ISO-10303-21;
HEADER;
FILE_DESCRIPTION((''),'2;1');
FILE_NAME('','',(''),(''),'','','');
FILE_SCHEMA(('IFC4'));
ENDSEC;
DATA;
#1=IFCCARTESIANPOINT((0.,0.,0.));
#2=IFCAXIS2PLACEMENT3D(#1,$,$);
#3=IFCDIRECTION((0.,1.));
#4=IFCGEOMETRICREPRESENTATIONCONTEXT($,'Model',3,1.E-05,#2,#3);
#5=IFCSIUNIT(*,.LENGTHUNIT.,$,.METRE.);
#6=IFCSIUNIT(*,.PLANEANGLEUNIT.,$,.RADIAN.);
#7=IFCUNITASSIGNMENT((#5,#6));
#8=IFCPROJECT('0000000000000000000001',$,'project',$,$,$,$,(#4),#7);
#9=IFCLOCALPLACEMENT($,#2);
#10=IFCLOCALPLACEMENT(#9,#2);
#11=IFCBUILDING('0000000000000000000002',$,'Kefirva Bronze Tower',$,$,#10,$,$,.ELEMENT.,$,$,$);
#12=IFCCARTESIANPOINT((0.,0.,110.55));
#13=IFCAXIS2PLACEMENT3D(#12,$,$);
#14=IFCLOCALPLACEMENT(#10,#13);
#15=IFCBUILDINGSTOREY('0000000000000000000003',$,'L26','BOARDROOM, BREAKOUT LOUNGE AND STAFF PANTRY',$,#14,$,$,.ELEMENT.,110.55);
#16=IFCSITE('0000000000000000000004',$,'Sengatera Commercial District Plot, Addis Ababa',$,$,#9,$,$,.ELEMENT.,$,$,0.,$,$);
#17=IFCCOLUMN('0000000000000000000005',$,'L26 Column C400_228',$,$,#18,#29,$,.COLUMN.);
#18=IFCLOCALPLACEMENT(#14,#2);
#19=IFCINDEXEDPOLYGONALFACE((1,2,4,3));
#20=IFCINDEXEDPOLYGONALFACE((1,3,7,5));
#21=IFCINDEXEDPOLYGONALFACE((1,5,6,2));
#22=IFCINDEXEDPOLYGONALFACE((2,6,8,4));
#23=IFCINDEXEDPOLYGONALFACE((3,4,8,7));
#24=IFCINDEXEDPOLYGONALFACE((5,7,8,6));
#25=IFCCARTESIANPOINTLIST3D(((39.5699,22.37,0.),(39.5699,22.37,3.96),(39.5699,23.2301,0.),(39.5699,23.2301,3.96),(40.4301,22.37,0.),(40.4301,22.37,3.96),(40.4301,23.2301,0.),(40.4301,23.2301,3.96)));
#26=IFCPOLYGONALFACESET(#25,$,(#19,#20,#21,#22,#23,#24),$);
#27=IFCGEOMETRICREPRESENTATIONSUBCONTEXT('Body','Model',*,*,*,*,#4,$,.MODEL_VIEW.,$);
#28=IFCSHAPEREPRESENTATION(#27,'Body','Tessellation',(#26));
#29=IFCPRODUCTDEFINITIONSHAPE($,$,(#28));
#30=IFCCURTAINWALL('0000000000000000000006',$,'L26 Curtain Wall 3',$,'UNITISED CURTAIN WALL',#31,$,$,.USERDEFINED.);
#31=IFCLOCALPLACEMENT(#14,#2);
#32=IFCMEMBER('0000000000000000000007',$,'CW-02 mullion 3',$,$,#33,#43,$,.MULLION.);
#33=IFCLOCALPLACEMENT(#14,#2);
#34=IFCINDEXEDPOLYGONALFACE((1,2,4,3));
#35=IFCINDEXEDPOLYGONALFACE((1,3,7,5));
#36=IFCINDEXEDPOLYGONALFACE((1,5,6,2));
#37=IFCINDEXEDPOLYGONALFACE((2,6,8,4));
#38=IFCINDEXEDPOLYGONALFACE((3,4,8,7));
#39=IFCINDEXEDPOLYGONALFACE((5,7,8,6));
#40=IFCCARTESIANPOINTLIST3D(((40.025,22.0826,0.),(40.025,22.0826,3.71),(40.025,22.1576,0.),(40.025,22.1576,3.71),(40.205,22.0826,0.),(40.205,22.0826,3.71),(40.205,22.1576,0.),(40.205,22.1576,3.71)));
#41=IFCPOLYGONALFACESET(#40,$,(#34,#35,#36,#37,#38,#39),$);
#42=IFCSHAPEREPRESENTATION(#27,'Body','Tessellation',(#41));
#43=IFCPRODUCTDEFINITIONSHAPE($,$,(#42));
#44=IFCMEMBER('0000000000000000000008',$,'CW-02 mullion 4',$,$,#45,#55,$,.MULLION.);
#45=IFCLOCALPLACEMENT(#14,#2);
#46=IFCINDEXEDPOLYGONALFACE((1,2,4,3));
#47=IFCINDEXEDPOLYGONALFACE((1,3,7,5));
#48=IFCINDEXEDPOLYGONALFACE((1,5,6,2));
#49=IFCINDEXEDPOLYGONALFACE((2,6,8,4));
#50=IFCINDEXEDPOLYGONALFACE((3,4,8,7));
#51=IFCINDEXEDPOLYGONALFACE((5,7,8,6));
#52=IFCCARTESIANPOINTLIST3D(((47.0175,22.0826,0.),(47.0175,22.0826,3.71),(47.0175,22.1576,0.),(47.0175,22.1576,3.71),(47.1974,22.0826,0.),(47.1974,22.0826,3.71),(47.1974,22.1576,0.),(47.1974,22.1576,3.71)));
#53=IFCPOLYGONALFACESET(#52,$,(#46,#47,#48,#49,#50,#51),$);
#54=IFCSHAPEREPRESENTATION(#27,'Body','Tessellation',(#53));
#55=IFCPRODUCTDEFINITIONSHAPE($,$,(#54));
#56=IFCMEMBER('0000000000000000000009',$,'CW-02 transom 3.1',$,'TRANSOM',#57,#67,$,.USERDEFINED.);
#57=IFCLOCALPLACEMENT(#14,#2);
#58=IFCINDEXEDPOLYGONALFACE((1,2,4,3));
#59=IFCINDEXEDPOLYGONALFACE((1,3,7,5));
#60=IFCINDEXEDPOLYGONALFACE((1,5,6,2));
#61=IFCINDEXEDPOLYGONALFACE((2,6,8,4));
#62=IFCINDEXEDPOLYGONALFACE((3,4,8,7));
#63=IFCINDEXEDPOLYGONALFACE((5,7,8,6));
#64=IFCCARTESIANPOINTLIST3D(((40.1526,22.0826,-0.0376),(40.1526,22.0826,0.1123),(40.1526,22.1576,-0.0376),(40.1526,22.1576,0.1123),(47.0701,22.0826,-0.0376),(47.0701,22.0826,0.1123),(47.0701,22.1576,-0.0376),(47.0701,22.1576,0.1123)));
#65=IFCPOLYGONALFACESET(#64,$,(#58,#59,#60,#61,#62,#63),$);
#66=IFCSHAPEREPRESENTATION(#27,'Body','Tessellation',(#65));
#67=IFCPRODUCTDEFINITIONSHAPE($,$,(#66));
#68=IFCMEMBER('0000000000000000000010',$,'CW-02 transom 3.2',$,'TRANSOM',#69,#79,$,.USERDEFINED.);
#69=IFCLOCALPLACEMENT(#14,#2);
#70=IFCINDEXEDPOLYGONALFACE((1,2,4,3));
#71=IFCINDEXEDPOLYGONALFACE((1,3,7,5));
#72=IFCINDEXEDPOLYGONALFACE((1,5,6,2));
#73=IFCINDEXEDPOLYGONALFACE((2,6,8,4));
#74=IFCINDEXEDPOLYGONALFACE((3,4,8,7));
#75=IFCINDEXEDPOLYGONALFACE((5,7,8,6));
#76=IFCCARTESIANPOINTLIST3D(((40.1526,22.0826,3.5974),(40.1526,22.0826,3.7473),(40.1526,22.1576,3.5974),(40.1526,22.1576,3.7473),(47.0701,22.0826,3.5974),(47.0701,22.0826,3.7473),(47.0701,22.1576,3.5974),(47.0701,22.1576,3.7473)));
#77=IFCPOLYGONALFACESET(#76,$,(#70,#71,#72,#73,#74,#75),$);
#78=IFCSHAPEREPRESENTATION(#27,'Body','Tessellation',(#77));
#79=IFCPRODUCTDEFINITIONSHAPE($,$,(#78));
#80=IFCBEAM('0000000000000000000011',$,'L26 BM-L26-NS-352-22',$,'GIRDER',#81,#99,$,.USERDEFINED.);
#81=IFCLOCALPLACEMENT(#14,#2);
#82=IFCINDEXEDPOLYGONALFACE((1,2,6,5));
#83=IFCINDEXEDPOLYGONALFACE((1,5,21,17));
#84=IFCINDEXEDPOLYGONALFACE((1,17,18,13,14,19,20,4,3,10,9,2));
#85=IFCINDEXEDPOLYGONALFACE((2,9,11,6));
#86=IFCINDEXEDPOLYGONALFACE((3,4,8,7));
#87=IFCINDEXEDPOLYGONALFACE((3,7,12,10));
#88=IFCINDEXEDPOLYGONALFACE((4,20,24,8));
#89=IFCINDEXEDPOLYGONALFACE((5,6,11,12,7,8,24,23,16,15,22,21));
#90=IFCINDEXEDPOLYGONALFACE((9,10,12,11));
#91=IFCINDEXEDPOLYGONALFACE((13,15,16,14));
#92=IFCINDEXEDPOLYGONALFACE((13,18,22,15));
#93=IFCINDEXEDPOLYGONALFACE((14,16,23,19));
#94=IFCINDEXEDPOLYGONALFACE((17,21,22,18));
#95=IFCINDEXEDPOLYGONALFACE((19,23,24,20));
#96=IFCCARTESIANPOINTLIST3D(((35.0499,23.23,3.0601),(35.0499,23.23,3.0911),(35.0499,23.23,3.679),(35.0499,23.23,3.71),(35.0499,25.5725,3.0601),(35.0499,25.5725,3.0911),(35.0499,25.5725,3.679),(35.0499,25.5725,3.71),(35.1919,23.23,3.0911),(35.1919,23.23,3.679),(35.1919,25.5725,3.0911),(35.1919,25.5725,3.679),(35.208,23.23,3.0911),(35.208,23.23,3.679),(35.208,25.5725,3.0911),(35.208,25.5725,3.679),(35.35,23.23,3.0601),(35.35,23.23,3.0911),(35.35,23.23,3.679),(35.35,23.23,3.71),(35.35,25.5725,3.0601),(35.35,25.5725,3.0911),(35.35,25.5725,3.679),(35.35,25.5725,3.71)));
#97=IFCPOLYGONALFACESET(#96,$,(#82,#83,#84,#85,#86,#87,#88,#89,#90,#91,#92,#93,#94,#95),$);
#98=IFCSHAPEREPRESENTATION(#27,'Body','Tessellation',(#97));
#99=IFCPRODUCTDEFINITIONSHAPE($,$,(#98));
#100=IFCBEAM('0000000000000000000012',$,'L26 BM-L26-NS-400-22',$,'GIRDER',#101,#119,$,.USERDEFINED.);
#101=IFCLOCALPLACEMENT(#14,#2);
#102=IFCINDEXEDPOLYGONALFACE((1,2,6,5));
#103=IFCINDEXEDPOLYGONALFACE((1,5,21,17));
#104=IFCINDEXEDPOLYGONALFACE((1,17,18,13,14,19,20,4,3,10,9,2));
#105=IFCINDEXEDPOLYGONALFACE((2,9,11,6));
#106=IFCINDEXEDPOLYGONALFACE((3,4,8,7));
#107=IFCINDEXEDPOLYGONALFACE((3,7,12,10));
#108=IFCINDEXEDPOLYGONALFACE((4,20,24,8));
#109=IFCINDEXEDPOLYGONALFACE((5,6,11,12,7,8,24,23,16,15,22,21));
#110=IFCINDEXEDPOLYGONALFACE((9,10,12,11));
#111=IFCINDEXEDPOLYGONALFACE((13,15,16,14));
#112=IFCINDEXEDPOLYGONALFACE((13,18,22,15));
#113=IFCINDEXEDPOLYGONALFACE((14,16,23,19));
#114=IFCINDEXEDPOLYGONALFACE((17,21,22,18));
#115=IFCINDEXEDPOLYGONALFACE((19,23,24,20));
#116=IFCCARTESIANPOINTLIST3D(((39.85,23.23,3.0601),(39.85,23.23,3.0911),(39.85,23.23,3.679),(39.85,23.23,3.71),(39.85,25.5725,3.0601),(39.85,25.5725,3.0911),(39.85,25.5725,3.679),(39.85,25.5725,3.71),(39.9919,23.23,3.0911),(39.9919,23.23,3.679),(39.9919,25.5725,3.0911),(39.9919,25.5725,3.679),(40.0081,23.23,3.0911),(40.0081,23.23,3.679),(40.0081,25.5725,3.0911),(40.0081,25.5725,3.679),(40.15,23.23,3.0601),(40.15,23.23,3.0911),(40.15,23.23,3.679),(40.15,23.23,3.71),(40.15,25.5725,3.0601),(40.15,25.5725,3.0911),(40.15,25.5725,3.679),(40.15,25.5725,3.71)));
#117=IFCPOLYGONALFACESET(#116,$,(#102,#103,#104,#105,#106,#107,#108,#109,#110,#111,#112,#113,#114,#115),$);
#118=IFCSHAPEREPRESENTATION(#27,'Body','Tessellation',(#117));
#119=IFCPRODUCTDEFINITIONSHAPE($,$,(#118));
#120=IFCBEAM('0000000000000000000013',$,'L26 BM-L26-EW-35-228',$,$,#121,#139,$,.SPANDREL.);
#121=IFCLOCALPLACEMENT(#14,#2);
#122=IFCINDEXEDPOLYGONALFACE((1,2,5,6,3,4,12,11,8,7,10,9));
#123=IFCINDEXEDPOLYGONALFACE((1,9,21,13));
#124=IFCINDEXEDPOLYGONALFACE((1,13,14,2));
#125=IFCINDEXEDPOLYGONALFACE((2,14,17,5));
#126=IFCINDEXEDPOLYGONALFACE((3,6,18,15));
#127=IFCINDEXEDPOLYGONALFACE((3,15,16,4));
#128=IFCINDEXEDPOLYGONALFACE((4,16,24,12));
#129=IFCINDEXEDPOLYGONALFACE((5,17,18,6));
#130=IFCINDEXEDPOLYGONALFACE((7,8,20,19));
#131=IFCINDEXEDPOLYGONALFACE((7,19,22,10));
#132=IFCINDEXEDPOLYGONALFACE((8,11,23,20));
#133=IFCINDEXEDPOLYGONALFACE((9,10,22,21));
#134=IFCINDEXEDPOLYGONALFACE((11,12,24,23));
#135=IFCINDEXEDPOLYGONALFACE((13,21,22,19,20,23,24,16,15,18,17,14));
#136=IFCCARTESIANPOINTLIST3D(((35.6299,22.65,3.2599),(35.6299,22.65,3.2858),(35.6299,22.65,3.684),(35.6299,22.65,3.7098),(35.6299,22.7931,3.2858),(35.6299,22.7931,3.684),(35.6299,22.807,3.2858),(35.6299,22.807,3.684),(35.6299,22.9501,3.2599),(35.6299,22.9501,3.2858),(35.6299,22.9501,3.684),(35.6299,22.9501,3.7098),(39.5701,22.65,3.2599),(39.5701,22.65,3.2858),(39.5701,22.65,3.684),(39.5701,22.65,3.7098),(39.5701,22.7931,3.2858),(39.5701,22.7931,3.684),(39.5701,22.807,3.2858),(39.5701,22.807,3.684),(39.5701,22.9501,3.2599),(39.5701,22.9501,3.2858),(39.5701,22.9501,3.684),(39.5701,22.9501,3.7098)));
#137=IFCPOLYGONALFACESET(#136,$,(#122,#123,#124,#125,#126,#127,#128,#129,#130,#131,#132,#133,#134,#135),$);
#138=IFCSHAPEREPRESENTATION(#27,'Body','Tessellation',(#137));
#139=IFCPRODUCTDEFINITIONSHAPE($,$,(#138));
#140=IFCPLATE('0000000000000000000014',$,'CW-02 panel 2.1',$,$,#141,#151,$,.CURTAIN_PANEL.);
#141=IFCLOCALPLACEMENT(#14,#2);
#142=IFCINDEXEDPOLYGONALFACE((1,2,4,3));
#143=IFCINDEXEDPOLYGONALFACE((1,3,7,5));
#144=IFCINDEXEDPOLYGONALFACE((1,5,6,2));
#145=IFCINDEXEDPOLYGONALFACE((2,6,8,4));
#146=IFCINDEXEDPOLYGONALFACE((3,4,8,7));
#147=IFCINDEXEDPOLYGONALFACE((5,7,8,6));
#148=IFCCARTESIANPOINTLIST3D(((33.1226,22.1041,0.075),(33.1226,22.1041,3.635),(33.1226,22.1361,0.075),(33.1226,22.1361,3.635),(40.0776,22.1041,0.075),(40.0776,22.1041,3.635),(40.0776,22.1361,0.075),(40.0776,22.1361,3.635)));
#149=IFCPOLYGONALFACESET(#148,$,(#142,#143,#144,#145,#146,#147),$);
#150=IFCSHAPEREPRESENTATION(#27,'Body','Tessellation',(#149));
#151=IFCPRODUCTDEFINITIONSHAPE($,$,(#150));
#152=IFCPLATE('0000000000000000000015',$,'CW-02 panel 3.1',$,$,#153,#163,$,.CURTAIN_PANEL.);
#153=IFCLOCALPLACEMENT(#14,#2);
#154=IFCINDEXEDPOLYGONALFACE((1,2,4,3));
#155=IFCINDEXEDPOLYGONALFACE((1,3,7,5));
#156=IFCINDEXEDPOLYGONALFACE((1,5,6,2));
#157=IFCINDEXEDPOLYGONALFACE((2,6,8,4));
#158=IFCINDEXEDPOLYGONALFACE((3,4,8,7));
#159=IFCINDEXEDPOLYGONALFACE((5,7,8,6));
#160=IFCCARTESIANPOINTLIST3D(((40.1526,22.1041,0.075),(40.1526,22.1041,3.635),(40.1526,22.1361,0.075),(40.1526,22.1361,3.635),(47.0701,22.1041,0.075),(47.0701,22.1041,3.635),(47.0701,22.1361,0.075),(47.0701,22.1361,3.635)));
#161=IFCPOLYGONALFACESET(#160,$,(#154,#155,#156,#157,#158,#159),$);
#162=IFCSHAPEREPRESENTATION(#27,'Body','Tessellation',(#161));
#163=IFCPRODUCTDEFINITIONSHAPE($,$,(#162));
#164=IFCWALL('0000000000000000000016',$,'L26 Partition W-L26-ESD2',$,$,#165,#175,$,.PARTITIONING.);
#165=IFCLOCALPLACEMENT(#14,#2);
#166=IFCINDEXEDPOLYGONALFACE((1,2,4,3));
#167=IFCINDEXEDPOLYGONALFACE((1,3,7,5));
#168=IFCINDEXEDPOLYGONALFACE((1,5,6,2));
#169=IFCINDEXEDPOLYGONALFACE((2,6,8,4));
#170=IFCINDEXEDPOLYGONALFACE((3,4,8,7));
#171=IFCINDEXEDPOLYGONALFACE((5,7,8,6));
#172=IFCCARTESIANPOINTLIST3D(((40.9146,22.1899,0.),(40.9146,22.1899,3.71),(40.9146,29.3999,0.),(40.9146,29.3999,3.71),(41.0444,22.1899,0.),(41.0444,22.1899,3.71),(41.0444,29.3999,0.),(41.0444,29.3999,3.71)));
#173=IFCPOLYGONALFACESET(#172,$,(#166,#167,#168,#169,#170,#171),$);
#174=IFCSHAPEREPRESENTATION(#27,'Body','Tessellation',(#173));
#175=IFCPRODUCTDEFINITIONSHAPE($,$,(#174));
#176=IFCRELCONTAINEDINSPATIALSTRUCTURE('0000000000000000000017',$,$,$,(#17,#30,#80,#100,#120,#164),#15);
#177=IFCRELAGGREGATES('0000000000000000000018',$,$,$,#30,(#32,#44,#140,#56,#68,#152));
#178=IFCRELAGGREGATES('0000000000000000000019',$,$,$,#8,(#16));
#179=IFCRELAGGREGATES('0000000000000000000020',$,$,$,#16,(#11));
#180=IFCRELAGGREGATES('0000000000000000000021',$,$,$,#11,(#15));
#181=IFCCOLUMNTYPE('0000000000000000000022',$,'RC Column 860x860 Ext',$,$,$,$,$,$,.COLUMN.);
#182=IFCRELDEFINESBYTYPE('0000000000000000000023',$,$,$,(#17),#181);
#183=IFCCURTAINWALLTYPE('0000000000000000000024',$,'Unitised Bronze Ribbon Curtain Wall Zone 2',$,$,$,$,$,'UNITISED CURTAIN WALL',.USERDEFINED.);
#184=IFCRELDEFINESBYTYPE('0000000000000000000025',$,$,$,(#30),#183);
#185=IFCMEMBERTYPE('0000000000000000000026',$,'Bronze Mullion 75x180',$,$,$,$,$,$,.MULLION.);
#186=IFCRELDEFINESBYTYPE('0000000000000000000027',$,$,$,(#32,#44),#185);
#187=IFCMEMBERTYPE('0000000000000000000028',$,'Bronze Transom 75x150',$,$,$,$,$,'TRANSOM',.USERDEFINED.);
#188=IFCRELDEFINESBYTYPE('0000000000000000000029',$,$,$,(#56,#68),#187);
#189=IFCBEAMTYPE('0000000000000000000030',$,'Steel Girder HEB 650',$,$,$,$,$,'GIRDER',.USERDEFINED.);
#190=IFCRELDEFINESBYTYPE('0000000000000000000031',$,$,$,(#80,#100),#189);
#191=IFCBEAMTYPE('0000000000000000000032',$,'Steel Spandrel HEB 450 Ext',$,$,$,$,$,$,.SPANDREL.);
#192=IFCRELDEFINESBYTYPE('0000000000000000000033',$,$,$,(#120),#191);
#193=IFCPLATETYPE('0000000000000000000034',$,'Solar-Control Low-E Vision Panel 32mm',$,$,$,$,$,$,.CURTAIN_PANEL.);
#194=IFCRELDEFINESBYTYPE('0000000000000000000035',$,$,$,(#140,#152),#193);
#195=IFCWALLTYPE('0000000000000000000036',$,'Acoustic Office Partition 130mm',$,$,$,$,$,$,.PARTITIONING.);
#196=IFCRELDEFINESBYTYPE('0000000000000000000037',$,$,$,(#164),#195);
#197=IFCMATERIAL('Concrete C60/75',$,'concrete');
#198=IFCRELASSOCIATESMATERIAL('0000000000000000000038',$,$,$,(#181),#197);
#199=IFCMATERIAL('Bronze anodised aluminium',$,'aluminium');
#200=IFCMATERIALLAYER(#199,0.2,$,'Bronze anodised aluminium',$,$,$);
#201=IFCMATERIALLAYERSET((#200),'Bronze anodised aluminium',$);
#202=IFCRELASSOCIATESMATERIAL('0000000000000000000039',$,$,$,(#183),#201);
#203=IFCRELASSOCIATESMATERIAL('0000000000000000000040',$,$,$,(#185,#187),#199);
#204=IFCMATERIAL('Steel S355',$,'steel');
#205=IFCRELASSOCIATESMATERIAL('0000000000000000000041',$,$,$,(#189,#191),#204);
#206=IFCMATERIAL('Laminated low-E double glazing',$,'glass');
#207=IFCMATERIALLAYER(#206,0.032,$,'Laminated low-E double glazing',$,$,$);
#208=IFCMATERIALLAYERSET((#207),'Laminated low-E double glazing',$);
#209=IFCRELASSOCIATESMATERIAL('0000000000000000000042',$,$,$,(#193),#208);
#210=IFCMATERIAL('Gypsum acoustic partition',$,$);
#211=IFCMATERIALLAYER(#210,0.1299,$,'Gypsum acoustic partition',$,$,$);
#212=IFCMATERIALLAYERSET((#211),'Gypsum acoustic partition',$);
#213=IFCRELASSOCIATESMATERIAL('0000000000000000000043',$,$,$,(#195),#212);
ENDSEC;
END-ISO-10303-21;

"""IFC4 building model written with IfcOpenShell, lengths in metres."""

from ifc_helpers import new_model, si_unit, direction, frame, frame_2d, origin, origin_2d, place, context, subcontext, project, spatial, rectangle, i_section, extrude, material, layer, layer_set, material_profile, profile_set, type_object, element, aggregate, save


model = new_model("IFC4")

# Units and contexts
model_context = context("Model", 3, precision=1e-05, world=origin(), true_north=direction((0.0, 1.0)))
body_context = subcontext(model_context, "Body", "Model", "MODEL_VIEW")
ifc_project = project(units=[si_unit("LENGTHUNIT", "METRE"), si_unit("PLANEANGLEUNIT", "RADIAN")], contexts=[model_context])

# Site, building, storey
site_placement = place(None, origin())
site = spatial("IfcSite", under=ifc_project, at=site_placement, Name="Sengatera Commercial District Plot, Addis Ababa", CompositionType="ELEMENT", RefElevation=0.0)
building_placement = place(site_placement, origin())
building = spatial("IfcBuilding", under=site, at=building_placement, Name="Kefirva Bronze Tower", CompositionType="ELEMENT")
storey_placement = place(building_placement, frame((0.0, 0.0, 110.55)))
storey = spatial("IfcBuildingStorey", under=building, at=storey_placement, Name="L26", Description="BOARDROOM, BREAKOUT LOUNGE AND STAFF PANTRY", CompositionType="ELEMENT", Elevation=110.55)

# Column
ifc_material_1 = material(Name="Concrete C60/75", Category="concrete")
ifc_material_profile_1 = material_profile(ifc_material_1, rectangle(XDim=0.8601, YDim=0.8601, at=origin_2d()), Name="RC 860x860")
ifc_profile_set_1 = profile_set([ifc_material_profile_1], Name="Concrete C60/75")
column_type = type_object("IfcColumnType", Name="RC Column 860x860 Ext", PredefinedType="COLUMN", material=ifc_profile_set_1)
column_placement = place(storey_placement, frame((40.0, 22.8, 0.0), z_axis=(0.0, 0.0, 1.0), x_axis=(1.0, 0.0, 0.0)))
element("IfcColumn", 1, at=column_placement, inside=storey, type_object=column_type, Name="L26 Column C400_228", PredefinedType="COLUMN", context=body_context, shape_type="SweptSolid", body=[
    extrude(rectangle(XDim=0.8601, YDim=0.8601, at=origin_2d()), origin(), (0.0, 0.0, 1.0), 3.96),
])

# Curtain wall, members
ifc_material_2 = material(Name="Bronze anodised aluminium", Category="aluminium")
ifc_layer_1 = layer(ifc_material_2, 0.2, Name="Bronze anodised aluminium")
ifc_layer_set_1 = layer_set([ifc_layer_1], Name="Bronze anodised aluminium")
curtain_wall_type = type_object("IfcCurtainWallType", Name="Unitised Bronze Ribbon Curtain Wall Zone 2", ElementType="UNITISED CURTAIN WALL", PredefinedType="USERDEFINED", material=ifc_layer_set_1)
curtain_wall_placement = place(storey_placement, origin())
curtain_wall = element("IfcCurtainWall", 2, at=curtain_wall_placement, inside=storey, type_object=curtain_wall_type, Name="L26 Curtain Wall 3", ObjectType="UNITISED CURTAIN WALL", PredefinedType="USERDEFINED")
ifc_material_profile_2 = material_profile(ifc_material_2, rectangle(XDim=0.075, YDim=0.1799, at=origin_2d()), Name="ALU 75x180")
ifc_profile_set_2 = profile_set([ifc_material_profile_2], Name="Bronze anodised aluminium")
member_type_1 = type_object("IfcMemberType", Name="Bronze Mullion 75x180", PredefinedType="MULLION", material=ifc_profile_set_2)
member_1_placement = place(storey_placement, frame((40.115, 22.1201, 0.0), z_axis=(0.0, 0.0, 1.0), x_axis=(0.0, 1.0, 0.0)))
member_1 = element("IfcMember", 3, at=member_1_placement, type_object=member_type_1, Name="CW-02 mullion 3", PredefinedType="MULLION", context=body_context, shape_type="SweptSolid", body=[
    extrude(rectangle(XDim=0.075, YDim=0.1799, at=origin_2d()), origin(), (0.0, 0.0, 1.0), 3.71),
])
member_2_placement = place(storey_placement, frame((47.1074, 22.1201, 0.0), z_axis=(0.0, 0.0, 1.0), x_axis=(0.0, 1.0, 0.0)))
member_2 = element("IfcMember", 4, at=member_2_placement, type_object=member_type_1, Name="CW-02 mullion 4", PredefinedType="MULLION", context=body_context, shape_type="SweptSolid", body=[
    extrude(rectangle(XDim=0.075, YDim=0.1799, at=origin_2d()), origin(), (0.0, 0.0, 1.0), 3.71),
])
ifc_material_profile_3 = material_profile(ifc_material_2, rectangle(XDim=0.075, YDim=0.1499, at=origin_2d()), Name="ALU 75x150")
ifc_profile_set_3 = profile_set([ifc_material_profile_3], Name="Bronze anodised aluminium")
member_type_2 = type_object("IfcMemberType", Name="Bronze Transom 75x150", ElementType="TRANSOM", PredefinedType="USERDEFINED", material=ifc_profile_set_3)
member_3_placement = place(storey_placement, frame((40.1526, 22.1201, 0.0374), z_axis=(1.0, 0.0, 0.0), x_axis=(0.0, 1.0, 0.0)))
member_3 = element("IfcMember", 5, at=member_3_placement, type_object=member_type_2, Name="CW-02 transom 3.1", ObjectType="TRANSOM", PredefinedType="USERDEFINED", context=body_context, shape_type="SweptSolid", body=[
    extrude(rectangle(XDim=0.075, YDim=0.1499, at=origin_2d()), origin(), (0.0, 0.0, 1.0), 6.9175),
])
member_4_placement = place(storey_placement, frame((40.1526, 22.1201, 3.6724), z_axis=(1.0, 0.0, 0.0), x_axis=(0.0, 1.0, 0.0)))
member_4 = element("IfcMember", 6, at=member_4_placement, type_object=member_type_2, Name="CW-02 transom 3.2", ObjectType="TRANSOM", PredefinedType="USERDEFINED", context=body_context, shape_type="SweptSolid", body=[
    extrude(rectangle(XDim=0.075, YDim=0.1499, at=origin_2d()), origin(), (0.0, 0.0, 1.0), 6.9175),
])

# Beams
ifc_material_3 = material(Name="Steel S355", Category="steel")
ifc_material_profile_4 = material_profile(ifc_material_3, i_section(OverallWidth=0.3, OverallDepth=0.6499, WebThickness=0.0161, FlangeThickness=0.031, at=origin_2d()), Name="HEB 650")
ifc_profile_set_4 = profile_set([ifc_material_profile_4], Name="Steel S355")
beam_type_1 = type_object("IfcBeamType", Name="Steel Girder HEB 650", ElementType="GIRDER", PredefinedType="USERDEFINED", material=ifc_profile_set_4)
for number, where, z_axis, x_axis, name in (
    (7, (35.2, 23.23, 3.385), (0.0, 1.0, 0.0), (-1.0, 0.0, 0.0), "L26 BM-L26-NS-352-22"),
    (8, (40.0, 23.23, 3.385), (0.0, 1.0, 0.0), (-1.0, 0.0, 0.0), "L26 BM-L26-NS-400-22"),
):
    element("IfcBeam", number, at=place(storey_placement, frame(where, z_axis=z_axis, x_axis=x_axis)), inside=storey, type_object=beam_type_1, Name=name, ObjectType="GIRDER", PredefinedType="USERDEFINED", context=body_context, shape_type="SweptSolid", body=[
        extrude(i_section(OverallWidth=0.3, OverallDepth=0.6499, WebThickness=0.0161, FlangeThickness=0.031, at=origin_2d()), origin(), (0.0, 0.0, 1.0), 2.3425),
    ])
ifc_material_profile_5 = material_profile(ifc_material_3, i_section(OverallWidth=0.3, OverallDepth=0.45, WebThickness=0.0139, FlangeThickness=0.0259, at=origin_2d()), Name="HEB 450")
ifc_profile_set_5 = profile_set([ifc_material_profile_5], Name="Steel S355")
beam_type_2 = type_object("IfcBeamType", Name="Steel Spandrel HEB 450 Ext", PredefinedType="SPANDREL", material=ifc_profile_set_5)
beam_placement = place(storey_placement, frame((35.6299, 22.8, 3.4849), z_axis=(1.0, 0.0, 0.0), x_axis=(0.0, 1.0, 0.0)))
element("IfcBeam", 9, at=beam_placement, inside=storey, type_object=beam_type_2, Name="L26 BM-L26-EW-35-228", PredefinedType="SPANDREL", context=body_context, shape_type="SweptSolid", body=[
    extrude(i_section(OverallWidth=0.3, OverallDepth=0.45, WebThickness=0.0139, FlangeThickness=0.0259, at=origin_2d()), origin(), (0.0, 0.0, 1.0), 3.9402),
])

# Plates
ifc_material_4 = material(Name="Laminated low-E double glazing", Category="glass")
ifc_layer_2 = layer(ifc_material_4, 0.032, Name="Laminated low-E double glazing")
ifc_layer_set_2 = layer_set([ifc_layer_2], Name="Laminated low-E double glazing")
plate_type = type_object("IfcPlateType", Name="Solar-Control Low-E Vision Panel 32mm", PredefinedType="CURTAIN_PANEL", material=ifc_layer_set_2)
plate_1_placement = place(storey_placement, frame((36.6001, 22.1201, 0.075), z_axis=(0.0, 0.0, 1.0), x_axis=(1.0, 0.0, 0.0)))
plate_1 = element("IfcPlate", 10, at=plate_1_placement, type_object=plate_type, Name="CW-02 panel 2.1", PredefinedType="CURTAIN_PANEL", context=body_context, shape_type="SweptSolid", body=[
    extrude(rectangle(XDim=6.9551, YDim=0.032, at=origin_2d()), origin(), (0.0, 0.0, 1.0), 3.5601),
])
plate_2_placement = place(storey_placement, frame((43.6113, 22.1201, 0.075), z_axis=(0.0, 0.0, 1.0), x_axis=(1.0, 0.0, 0.0)))
plate_2 = element("IfcPlate", 11, at=plate_2_placement, type_object=plate_type, Name="CW-02 panel 3.1", PredefinedType="CURTAIN_PANEL", context=body_context, shape_type="SweptSolid", body=[
    extrude(rectangle(XDim=6.9175, YDim=0.032, at=origin_2d()), origin(), (0.0, 0.0, 1.0), 3.5601),
])
aggregate(curtain_wall, [member_1, member_2, plate_1, member_3, member_4, plate_2])

# Wall
ifc_material_5 = material(Name="Gypsum acoustic partition")
ifc_layer_3 = layer(ifc_material_5, 0.1299, Name="Gypsum acoustic partition")
ifc_layer_set_3 = layer_set([ifc_layer_3], Name="Gypsum acoustic partition")
wall_type_1 = type_object("IfcWallType", Name="Acoustic Office Partition 130mm", PredefinedType="PARTITIONING", material=ifc_layer_set_3)
wall_1_placement = place(storey_placement, frame((40.9795, 22.1899, 0.0), z_axis=(0.0, 0.0, 1.0), x_axis=(0.0, 1.0, 0.0)))
element("IfcWall", 12, at=wall_1_placement, inside=storey, type_object=wall_type_1, Name="L26 Partition W-L26-ESD2", PredefinedType="PARTITIONING", context=body_context, shape_type="SweptSolid", body=[
    extrude(rectangle(XDim=7.21, YDim=0.1299, at=frame_2d((3.605, 0.0))), origin(), (0.0, 0.0, 1.0), 3.71),
])

save(model, "model.ifc")
